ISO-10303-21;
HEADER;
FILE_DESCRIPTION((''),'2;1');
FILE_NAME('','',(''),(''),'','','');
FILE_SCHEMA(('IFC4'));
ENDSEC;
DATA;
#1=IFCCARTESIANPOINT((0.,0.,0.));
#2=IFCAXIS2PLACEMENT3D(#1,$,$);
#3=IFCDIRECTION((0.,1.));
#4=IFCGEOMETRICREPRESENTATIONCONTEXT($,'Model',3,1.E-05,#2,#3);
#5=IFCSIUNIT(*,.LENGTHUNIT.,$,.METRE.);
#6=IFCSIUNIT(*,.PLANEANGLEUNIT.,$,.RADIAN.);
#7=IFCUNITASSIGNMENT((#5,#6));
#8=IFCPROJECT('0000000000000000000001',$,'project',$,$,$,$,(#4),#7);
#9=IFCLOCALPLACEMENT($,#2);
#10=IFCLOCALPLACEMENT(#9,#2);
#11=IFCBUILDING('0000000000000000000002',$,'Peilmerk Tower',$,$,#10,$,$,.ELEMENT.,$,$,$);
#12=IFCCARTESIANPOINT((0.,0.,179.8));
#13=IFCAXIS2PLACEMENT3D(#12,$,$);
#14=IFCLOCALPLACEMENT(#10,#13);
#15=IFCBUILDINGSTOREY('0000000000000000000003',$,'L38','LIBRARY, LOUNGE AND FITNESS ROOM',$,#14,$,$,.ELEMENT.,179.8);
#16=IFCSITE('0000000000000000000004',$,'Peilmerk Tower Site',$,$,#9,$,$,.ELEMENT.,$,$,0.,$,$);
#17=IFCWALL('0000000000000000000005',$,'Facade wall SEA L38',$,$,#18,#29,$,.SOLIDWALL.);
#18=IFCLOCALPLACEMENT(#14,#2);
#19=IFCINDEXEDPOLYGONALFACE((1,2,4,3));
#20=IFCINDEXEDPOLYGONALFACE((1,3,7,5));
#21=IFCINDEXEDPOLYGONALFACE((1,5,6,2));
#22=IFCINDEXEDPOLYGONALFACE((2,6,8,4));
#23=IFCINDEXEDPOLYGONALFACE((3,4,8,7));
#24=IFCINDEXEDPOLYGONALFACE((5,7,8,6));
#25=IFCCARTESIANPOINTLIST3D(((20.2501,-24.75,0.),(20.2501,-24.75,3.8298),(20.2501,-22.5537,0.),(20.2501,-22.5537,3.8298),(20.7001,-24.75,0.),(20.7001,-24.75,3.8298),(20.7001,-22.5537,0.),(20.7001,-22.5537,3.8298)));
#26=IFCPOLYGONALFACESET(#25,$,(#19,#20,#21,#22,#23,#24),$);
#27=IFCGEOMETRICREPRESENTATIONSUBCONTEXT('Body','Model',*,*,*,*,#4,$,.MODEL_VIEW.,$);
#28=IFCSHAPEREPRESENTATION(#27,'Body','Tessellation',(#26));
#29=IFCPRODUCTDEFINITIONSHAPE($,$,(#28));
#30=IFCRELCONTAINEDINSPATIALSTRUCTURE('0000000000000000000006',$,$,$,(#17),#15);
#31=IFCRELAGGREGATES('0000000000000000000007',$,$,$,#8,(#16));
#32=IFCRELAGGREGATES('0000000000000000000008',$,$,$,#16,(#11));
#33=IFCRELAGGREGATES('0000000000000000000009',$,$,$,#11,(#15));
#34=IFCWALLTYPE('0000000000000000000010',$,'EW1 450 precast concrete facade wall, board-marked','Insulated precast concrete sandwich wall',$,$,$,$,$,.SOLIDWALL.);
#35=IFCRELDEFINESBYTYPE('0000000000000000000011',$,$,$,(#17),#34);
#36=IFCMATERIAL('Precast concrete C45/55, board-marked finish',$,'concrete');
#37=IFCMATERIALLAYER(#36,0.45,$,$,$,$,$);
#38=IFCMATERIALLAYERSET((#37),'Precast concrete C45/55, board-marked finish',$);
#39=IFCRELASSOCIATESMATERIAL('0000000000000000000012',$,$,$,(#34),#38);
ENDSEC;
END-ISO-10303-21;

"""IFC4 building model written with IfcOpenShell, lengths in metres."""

from ifc_helpers import new_model, si_unit, direction, frame, frame_2d, origin, place, context, subcontext, project, spatial, rectangle, extrude, material, layer, layer_set, type_object, element, save


model = new_model("IFC4")

# Units and contexts
model_context = context("Model", 3, precision=1e-05, world=origin(), true_north=direction((0.0, 1.0)))
body_context = subcontext(model_context, "Body", "Model", "MODEL_VIEW")
ifc_project = project(units=[si_unit("LENGTHUNIT", "METRE"), si_unit("PLANEANGLEUNIT", "RADIAN")], contexts=[model_context])

# Site, building, storey
site_placement = place(None, origin())
site = spatial("IfcSite", under=ifc_project, at=site_placement, Name="Peilmerk Tower Site", CompositionType="ELEMENT", RefElevation=0.0)
building_placement = place(site_placement, origin())
building = spatial("IfcBuilding", under=site, at=building_placement, Name="Peilmerk Tower", CompositionType="ELEMENT")
storey_placement = place(building_placement, frame((0.0, 0.0, 179.8)))
storey = spatial("IfcBuildingStorey", under=building, at=storey_placement, Name="L38", Description="LIBRARY, LOUNGE AND FITNESS ROOM", CompositionType="ELEMENT", Elevation=179.8)

# Shared definitions
ifc_material_1 = material(Name="Precast concrete C45/55, board-marked finish", Category="concrete")
ifc_layer_1 = layer(ifc_material_1, 0.45)
ifc_layer_set_1 = layer_set([ifc_layer_1], Name="Precast concrete C45/55, board-marked finish")
wall_type = type_object("IfcWallType", Name="EW1 450 precast concrete facade wall, board-marked", Description="Insulated precast concrete sandwich wall", PredefinedType="SOLIDWALL", material=ifc_layer_set_1)

# Wall
wall_1_placement = place(storey_placement, frame((20.4751, -22.5537, 0.0), z_axis=(0.0, 0.0, 1.0), x_axis=(0.0, -1.0, 0.0)))
element("IfcWall", 1, at=wall_1_placement, inside=storey, type_object=wall_type, Name="Facade wall SEA L38", PredefinedType="SOLIDWALL", context=body_context, shape_type="SweptSolid", body=[
    extrude(rectangle(XDim=2.1963, YDim=0.45, at=frame_2d((1.0981, 0.0))), origin(), (0.0, 0.0, 1.0), 3.8298),
])

save(model, "model.ifc")
